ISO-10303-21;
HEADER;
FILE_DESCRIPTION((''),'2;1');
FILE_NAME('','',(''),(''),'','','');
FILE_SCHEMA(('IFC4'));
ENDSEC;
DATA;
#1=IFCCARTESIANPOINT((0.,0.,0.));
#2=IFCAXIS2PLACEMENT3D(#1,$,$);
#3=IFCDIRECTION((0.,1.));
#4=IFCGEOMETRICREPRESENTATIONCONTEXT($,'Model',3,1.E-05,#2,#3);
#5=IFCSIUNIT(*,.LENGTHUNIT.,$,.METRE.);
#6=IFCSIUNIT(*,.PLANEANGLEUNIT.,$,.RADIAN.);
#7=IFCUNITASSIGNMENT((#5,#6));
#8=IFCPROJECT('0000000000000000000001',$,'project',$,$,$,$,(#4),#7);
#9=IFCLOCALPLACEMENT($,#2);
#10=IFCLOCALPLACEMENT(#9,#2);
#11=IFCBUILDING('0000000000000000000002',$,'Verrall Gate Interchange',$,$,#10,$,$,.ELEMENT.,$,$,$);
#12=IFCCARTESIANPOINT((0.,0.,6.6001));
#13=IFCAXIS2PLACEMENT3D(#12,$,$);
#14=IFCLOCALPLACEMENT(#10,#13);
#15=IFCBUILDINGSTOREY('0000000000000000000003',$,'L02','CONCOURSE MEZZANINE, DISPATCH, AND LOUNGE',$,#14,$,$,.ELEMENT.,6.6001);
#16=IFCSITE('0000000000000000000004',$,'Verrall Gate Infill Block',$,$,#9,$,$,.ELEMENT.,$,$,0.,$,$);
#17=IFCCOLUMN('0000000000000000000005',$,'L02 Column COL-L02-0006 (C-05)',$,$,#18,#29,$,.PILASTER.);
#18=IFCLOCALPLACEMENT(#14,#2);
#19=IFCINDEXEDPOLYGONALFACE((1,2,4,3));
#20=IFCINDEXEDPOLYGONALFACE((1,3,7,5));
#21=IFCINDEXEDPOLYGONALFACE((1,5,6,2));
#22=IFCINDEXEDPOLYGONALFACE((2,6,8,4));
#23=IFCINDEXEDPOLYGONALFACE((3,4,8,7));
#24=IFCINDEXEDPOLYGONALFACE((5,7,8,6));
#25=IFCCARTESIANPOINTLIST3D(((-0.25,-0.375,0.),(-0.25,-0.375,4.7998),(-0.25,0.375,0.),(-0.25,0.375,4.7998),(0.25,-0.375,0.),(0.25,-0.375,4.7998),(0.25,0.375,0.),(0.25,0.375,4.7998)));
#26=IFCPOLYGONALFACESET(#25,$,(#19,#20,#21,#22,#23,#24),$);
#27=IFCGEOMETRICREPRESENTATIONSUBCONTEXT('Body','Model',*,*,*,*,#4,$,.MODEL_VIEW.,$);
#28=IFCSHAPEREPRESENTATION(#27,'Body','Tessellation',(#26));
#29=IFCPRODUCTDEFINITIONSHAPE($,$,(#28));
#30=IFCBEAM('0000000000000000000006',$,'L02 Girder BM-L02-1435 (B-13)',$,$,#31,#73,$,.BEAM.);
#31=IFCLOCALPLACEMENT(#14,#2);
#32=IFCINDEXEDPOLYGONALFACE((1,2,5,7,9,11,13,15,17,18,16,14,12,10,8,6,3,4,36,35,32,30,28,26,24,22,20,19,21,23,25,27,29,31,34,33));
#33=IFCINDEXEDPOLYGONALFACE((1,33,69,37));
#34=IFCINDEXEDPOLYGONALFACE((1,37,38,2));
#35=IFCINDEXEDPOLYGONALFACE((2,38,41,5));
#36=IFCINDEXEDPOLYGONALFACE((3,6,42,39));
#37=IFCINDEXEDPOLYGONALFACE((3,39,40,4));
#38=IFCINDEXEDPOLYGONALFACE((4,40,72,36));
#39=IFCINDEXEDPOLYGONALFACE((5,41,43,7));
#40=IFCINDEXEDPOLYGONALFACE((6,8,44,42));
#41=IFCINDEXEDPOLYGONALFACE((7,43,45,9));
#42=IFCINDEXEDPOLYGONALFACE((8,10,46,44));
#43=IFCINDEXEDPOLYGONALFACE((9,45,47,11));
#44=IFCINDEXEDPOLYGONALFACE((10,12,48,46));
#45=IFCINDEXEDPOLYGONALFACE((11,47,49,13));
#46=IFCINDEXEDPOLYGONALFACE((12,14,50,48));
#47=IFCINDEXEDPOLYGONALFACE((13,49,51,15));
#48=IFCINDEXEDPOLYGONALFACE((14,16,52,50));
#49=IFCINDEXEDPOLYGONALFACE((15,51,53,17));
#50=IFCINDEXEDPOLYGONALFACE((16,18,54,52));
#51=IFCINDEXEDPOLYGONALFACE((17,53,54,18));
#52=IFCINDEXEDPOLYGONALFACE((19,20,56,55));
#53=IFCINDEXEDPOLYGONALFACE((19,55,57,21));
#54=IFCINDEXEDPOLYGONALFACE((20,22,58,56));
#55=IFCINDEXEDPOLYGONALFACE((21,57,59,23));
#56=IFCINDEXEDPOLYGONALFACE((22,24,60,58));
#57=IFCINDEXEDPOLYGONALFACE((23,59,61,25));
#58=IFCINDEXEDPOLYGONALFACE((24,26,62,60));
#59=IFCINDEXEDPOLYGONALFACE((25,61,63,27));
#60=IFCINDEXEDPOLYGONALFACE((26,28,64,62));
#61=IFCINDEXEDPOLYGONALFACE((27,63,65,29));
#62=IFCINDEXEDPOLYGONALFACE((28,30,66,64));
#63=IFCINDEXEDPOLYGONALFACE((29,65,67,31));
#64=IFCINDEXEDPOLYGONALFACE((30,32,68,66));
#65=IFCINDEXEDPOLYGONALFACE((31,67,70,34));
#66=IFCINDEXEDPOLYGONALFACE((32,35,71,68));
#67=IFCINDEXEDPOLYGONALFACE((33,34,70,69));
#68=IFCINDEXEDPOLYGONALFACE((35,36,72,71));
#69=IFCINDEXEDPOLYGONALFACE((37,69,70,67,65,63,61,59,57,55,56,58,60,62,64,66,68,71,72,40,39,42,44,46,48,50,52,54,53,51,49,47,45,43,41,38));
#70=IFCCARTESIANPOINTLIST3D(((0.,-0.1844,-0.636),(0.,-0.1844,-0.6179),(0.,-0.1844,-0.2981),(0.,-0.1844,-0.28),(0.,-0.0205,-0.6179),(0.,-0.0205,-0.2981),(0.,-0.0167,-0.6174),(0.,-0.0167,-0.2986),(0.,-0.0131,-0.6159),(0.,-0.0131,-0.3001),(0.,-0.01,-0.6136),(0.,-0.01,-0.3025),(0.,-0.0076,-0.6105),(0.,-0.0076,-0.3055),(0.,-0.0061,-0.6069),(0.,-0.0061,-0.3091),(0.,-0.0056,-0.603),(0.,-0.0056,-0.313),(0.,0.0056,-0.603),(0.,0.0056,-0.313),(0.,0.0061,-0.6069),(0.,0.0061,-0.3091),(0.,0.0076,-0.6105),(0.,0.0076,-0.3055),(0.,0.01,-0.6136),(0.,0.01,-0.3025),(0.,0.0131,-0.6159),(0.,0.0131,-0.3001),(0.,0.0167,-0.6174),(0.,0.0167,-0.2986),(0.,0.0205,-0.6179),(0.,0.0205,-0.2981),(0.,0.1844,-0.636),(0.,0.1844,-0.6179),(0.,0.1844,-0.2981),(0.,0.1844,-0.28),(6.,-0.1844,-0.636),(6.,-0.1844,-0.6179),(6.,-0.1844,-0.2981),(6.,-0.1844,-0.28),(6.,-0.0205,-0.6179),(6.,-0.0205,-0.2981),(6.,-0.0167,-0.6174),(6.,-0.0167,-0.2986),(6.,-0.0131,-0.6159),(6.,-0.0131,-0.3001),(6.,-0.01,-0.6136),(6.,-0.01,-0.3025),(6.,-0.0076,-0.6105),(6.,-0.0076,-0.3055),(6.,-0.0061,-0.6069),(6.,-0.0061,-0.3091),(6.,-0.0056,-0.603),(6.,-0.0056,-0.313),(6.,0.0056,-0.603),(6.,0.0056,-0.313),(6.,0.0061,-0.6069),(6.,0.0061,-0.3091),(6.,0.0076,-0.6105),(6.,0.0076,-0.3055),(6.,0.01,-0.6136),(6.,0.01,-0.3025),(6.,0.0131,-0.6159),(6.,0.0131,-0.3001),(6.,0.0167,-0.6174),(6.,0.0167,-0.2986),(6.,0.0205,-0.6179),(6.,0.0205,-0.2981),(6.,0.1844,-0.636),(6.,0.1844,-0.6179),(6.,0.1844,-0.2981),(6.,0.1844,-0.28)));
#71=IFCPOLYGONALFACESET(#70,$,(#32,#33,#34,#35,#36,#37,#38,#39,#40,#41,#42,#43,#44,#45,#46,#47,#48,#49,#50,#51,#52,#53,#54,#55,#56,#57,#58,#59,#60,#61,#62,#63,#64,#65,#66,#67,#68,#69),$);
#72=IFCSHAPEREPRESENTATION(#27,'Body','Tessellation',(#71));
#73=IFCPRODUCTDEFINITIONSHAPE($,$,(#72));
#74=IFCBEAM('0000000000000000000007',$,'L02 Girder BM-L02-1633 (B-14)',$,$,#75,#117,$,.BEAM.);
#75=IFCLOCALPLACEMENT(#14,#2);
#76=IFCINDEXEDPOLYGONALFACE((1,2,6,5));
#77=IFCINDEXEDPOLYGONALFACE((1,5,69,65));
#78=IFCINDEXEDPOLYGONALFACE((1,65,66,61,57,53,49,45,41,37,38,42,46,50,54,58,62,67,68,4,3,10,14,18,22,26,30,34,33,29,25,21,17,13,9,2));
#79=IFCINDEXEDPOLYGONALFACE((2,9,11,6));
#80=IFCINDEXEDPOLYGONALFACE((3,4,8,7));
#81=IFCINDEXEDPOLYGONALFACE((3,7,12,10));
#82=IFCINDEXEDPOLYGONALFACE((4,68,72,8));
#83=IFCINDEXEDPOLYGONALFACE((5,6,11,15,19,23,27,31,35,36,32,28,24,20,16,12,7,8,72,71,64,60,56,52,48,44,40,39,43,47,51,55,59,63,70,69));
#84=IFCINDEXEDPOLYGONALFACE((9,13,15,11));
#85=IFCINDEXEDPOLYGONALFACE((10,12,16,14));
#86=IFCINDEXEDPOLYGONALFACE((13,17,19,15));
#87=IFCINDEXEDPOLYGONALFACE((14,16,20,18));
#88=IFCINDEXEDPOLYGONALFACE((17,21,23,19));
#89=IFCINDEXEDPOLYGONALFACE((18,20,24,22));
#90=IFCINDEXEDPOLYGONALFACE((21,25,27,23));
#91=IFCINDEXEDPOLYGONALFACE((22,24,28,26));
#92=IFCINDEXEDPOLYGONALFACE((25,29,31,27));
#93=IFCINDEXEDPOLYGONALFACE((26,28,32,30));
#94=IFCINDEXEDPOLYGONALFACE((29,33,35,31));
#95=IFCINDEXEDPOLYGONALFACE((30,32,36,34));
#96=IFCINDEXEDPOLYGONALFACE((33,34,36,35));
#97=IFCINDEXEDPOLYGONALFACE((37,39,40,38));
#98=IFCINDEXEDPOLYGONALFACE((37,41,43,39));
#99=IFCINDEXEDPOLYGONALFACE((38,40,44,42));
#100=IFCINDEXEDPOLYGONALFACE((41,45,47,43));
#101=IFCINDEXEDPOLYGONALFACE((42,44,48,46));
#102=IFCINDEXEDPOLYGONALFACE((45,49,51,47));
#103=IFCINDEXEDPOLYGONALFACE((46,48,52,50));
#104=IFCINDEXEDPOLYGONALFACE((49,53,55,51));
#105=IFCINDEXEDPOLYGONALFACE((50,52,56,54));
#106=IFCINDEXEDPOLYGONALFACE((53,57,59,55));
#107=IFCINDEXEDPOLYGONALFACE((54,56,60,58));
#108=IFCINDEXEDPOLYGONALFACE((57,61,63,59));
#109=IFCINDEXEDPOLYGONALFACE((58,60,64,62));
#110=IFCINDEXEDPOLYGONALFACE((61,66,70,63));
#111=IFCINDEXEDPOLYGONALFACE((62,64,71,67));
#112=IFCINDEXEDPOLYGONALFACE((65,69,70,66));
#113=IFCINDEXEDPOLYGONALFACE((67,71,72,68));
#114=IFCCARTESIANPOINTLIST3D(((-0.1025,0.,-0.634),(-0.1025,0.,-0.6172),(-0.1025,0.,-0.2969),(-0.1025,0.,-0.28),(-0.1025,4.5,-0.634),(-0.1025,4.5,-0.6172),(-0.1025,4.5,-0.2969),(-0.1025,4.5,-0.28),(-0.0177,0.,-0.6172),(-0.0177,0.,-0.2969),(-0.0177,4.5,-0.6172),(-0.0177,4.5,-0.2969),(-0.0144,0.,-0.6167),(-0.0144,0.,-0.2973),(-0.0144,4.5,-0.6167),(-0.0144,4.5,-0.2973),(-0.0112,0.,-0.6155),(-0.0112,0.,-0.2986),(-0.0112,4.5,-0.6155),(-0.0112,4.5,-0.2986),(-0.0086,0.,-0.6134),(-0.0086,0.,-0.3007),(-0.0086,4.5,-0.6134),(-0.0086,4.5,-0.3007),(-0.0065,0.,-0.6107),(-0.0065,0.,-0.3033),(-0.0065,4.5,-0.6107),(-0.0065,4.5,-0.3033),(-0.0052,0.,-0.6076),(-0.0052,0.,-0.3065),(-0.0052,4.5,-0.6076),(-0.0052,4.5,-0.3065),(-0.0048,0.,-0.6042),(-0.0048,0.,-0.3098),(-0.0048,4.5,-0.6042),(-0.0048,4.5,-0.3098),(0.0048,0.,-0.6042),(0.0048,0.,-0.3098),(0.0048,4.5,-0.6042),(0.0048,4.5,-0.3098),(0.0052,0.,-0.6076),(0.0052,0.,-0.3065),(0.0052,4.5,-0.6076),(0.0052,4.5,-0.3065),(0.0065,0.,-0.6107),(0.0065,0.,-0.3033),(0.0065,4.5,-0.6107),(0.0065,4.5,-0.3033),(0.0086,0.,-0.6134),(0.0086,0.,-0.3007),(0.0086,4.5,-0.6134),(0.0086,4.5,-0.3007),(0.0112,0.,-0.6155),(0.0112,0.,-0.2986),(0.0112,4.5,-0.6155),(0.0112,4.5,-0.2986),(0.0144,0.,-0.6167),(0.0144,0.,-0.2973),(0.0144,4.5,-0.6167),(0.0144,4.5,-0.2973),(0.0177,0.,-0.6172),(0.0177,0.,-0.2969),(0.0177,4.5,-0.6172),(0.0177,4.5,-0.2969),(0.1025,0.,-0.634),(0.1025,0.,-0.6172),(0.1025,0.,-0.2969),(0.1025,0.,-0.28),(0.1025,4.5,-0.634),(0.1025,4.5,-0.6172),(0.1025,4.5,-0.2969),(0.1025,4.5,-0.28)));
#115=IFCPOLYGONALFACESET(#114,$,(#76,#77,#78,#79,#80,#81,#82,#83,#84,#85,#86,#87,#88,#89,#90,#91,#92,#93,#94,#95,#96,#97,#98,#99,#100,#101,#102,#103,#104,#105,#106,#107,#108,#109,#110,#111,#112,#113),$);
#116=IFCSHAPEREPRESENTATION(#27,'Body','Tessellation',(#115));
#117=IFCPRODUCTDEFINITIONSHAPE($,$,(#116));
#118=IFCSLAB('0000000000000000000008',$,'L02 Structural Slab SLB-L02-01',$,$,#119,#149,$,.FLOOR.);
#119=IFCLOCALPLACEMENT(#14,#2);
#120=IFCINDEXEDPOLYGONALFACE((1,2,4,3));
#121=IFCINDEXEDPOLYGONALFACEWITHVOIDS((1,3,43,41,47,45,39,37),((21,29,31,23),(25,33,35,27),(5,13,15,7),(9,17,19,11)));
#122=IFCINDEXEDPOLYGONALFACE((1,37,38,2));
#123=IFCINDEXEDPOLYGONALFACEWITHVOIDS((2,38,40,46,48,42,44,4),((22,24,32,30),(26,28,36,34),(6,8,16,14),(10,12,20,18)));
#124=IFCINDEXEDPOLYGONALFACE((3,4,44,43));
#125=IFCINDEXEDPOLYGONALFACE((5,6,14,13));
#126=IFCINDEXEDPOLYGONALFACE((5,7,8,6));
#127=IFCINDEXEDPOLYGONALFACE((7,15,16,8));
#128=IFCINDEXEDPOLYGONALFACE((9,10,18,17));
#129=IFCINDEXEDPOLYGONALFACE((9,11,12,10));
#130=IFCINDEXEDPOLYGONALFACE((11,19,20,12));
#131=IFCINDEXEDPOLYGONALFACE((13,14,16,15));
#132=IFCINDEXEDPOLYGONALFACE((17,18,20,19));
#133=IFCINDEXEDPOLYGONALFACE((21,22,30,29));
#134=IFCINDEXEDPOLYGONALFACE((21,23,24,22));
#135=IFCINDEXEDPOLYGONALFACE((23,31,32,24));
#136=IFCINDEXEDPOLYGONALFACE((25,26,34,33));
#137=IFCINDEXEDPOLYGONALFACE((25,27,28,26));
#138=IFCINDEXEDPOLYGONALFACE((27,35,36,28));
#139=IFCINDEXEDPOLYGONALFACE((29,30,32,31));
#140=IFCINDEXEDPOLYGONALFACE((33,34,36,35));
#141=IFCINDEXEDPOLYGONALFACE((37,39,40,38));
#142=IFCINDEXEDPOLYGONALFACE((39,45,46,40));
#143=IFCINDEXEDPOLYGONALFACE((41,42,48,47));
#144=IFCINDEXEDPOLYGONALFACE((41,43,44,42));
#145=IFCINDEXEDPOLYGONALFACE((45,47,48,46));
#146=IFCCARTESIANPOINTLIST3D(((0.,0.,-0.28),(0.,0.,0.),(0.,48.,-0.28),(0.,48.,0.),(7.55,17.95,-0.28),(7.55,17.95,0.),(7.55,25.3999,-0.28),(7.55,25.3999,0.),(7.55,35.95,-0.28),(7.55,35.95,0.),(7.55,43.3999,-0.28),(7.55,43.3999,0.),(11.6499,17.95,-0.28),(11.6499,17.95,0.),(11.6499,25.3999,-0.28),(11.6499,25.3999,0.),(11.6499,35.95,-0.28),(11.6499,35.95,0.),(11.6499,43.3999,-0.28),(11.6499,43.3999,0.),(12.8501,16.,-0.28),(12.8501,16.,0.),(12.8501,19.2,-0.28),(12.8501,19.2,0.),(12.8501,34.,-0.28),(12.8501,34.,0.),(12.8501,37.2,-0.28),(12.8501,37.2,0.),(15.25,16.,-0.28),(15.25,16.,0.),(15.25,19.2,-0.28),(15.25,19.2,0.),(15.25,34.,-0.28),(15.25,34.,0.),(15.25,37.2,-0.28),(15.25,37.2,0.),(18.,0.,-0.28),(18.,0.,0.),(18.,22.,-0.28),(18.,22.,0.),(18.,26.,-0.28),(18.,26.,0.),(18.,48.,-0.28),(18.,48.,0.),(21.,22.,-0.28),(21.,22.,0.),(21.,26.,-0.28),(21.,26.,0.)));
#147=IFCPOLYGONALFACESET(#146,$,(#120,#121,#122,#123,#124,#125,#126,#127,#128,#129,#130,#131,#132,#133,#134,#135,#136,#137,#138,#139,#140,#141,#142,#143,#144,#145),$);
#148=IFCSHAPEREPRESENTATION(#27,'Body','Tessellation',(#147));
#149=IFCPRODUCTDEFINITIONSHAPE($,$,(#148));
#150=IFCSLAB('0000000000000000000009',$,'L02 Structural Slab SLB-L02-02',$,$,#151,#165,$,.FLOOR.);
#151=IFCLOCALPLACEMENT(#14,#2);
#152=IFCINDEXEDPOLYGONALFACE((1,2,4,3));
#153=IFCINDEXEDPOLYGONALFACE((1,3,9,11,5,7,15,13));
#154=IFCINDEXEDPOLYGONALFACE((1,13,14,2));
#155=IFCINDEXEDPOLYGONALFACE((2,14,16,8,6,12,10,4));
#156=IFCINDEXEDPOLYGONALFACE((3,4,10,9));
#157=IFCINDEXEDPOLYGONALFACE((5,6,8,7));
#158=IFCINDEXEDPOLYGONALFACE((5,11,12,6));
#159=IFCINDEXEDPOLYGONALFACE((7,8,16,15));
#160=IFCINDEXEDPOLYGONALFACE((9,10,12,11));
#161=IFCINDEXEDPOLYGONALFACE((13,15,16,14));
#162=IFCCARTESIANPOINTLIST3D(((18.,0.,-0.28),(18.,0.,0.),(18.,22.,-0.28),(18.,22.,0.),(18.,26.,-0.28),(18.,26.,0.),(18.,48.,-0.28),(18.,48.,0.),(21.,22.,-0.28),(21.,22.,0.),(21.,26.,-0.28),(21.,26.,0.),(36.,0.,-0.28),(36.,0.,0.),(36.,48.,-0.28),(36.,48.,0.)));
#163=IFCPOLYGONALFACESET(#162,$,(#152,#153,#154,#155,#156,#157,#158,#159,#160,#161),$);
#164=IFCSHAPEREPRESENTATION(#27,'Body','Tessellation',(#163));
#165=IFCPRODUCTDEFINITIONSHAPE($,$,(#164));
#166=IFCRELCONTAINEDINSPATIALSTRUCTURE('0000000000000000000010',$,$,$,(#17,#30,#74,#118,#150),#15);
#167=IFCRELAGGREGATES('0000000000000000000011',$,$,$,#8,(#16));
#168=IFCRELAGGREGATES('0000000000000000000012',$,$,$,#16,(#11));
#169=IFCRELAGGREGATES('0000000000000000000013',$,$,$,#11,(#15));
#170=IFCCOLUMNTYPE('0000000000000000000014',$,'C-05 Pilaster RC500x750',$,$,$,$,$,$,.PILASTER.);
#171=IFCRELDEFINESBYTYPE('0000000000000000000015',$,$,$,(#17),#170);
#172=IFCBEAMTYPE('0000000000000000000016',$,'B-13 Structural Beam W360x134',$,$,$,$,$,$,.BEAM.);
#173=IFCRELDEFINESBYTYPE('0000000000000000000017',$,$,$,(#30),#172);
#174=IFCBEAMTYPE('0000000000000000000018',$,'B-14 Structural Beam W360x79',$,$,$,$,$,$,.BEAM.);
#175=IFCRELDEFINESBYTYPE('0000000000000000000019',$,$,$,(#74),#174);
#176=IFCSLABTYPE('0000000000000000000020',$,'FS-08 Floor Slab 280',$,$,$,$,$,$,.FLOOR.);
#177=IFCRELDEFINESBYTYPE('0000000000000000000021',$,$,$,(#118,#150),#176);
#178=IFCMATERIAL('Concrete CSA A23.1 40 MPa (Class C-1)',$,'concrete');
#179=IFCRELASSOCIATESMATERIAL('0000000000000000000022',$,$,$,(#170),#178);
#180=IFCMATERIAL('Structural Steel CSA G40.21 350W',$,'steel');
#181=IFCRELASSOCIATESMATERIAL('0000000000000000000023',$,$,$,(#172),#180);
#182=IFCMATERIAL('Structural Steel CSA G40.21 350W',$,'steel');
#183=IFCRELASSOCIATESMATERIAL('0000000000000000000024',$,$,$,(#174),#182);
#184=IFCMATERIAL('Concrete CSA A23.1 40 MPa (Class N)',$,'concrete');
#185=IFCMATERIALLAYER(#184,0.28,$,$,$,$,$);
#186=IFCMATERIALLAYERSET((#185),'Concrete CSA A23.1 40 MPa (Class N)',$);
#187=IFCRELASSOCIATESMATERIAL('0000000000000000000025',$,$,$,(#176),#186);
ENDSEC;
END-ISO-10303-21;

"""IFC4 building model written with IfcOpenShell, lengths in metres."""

from ifc_helpers import new_model, si_unit, direction, frame, origin, origin_with_axes, origin_2d, place, context, subcontext, project, spatial, polyline, rectangle, i_section, outline, extrude, material, layer, layer_set, material_profile, profile_set, type_object, element, save


model = new_model("IFC4")

# Units and contexts
model_context = context("Model", 3, precision=1e-05, world=origin(), true_north=direction((0.0, 1.0)))
body_context = subcontext(model_context, "Body", "Model", "MODEL_VIEW")
ifc_project = project(units=[si_unit("LENGTHUNIT", "METRE"), si_unit("PLANEANGLEUNIT", "RADIAN")], contexts=[model_context])

# Site, building, storey
site_placement = place(None, origin())
site = spatial("IfcSite", under=ifc_project, at=site_placement, Name="Verrall Gate Infill Block", CompositionType="ELEMENT", RefElevation=0.0)
building_placement = place(site_placement, origin())
building = spatial("IfcBuilding", under=site, at=building_placement, Name="Verrall Gate Interchange", CompositionType="ELEMENT")
storey_placement = place(building_placement, frame((0.0, 0.0, 6.6001)))
storey = spatial("IfcBuildingStorey", under=building, at=storey_placement, Name="L02", Description="CONCOURSE MEZZANINE, DISPATCH, AND LOUNGE", CompositionType="ELEMENT", Elevation=6.6001)

# Column
ifc_material_1 = material(Name="Concrete CSA A23.1 40 MPa (Class C-1)", Category="concrete")
ifc_material_profile_1 = material_profile(ifc_material_1, rectangle(XDim=0.5, YDim=0.75, at=origin_2d()), Name="RC500x750")
ifc_profile_set_1 = profile_set([ifc_material_profile_1], Name="Concrete CSA A23.1 40 MPa (Class C-1)")
column_type = type_object("IfcColumnType", Name="C-05 Pilaster RC500x750", PredefinedType="PILASTER", material=ifc_profile_set_1)
column_placement = place(storey_placement, origin_with_axes())
element("IfcColumn", 1, at=column_placement, inside=storey, type_object=column_type, Name="L02 Column COL-L02-0006 (C-05)", PredefinedType="PILASTER", context=body_context, shape_type="SweptSolid", body=[
    extrude(rectangle(XDim=0.5, YDim=0.75, at=origin_2d()), origin(), (0.0, 0.0, 1.0), 4.7998),
])

# Beams
ifc_material_2 = material(Name="Structural Steel CSA G40.21 350W", Category="steel")
ifc_material_profile_2 = material_profile(ifc_material_2, i_section(OverallWidth=0.3689, OverallDepth=0.356, WebThickness=0.0112, FlangeThickness=0.0181, FilletRadius=0.0149, at=origin_2d()), Name="W360x134")
ifc_profile_set_2 = profile_set([ifc_material_profile_2], Name="Structural Steel CSA G40.21 350W")
beam_type_1 = type_object("IfcBeamType", Name="B-13 Structural Beam W360x134", PredefinedType="BEAM", material=ifc_profile_set_2)
beam_1_placement = place(storey_placement, frame((0.0, 0.0, -0.458), z_axis=(1.0, 0.0, 0.0), x_axis=(0.0, 1.0, 0.0)))
element("IfcBeam", 2, at=beam_1_placement, inside=storey, type_object=beam_type_1, Name="L02 Girder BM-L02-1435 (B-13)", PredefinedType="BEAM", context=body_context, shape_type="SweptSolid", body=[
    extrude(i_section(OverallWidth=0.3689, OverallDepth=0.356, WebThickness=0.0112, FlangeThickness=0.0181, FilletRadius=0.0149, at=origin_2d()), origin(), (0.0, 0.0, 1.0), 6.0),
])
ifc_material_3 = material(Name="Structural Steel CSA G40.21 350W", Category="steel")
ifc_material_profile_3 = material_profile(ifc_material_3, i_section(OverallWidth=0.2051, OverallDepth=0.354, WebThickness=0.0095, FlangeThickness=0.0168, FilletRadius=0.0129, at=origin_2d()), Name="W360x79")
ifc_profile_set_3 = profile_set([ifc_material_profile_3], Name="Structural Steel CSA G40.21 350W")
beam_type_2 = type_object("IfcBeamType", Name="B-14 Structural Beam W360x79", PredefinedType="BEAM", material=ifc_profile_set_3)
beam_2_placement = place(storey_placement, frame((0.0, 0.0, -0.457), z_axis=(0.0, 1.0, 0.0), x_axis=(-1.0, 0.0, 0.0)))
element("IfcBeam", 3, at=beam_2_placement, inside=storey, type_object=beam_type_2, Name="L02 Girder BM-L02-1633 (B-14)", PredefinedType="BEAM", context=body_context, shape_type="SweptSolid", body=[
    extrude(i_section(OverallWidth=0.2051, OverallDepth=0.354, WebThickness=0.0095, FlangeThickness=0.0168, FilletRadius=0.0129, at=origin_2d()), origin(), (0.0, 0.0, 1.0), 4.5),
])

# Slabs
ifc_material_4 = material(Name="Concrete CSA A23.1 40 MPa (Class N)", Category="concrete")
ifc_layer_1 = layer(ifc_material_4, 0.28)
ifc_layer_set_1 = layer_set([ifc_layer_1], Name="Concrete CSA A23.1 40 MPa (Class N)")
slab_type_1 = type_object("IfcSlabType", Name="FS-08 Floor Slab 280", PredefinedType="FLOOR", material=ifc_layer_set_1)
slab_1_placement = place(storey_placement, frame((0.0, 0.0, -0.28)))
element("IfcSlab", 4, at=slab_1_placement, inside=storey, type_object=slab_type_1, Name="L02 Structural Slab SLB-L02-01", PredefinedType="FLOOR", context=body_context, shape_type="SweptSolid", body=[
    extrude(outline(polyline([(0.0, 0.0), (0.0, 48.0), (18.0, 48.0), (18.0, 26.0), (21.0, 26.0), (21.0, 22.0), (18.0, 22.0), (18.0, 0.0), (0.0, 0.0)]), holes=[polyline([(15.25, 19.2), (12.8501, 19.2), (12.8501, 16.0), (15.25, 16.0), (15.25, 19.2)]), polyline([(15.25, 34.0), (15.25, 37.2), (12.8501, 37.2), (12.8501, 34.0), (15.25, 34.0)]), polyline([(11.6499, 25.3999), (7.55, 25.3999), (7.55, 17.95), (11.6499, 17.95), (11.6499, 25.3999)]), polyline([(11.6499, 43.3999), (7.55, 43.3999), (7.55, 35.95), (11.6499, 35.95), (11.6499, 43.3999)])]), origin(), (0.0, 0.0, 1.0), 0.28),
])
slab_2_placement = place(storey_placement, frame((0.0, 0.0, -0.28)))
element("IfcSlab", 5, at=slab_2_placement, inside=storey, type_object=slab_type_1, Name="L02 Structural Slab SLB-L02-02", PredefinedType="FLOOR", context=body_context, shape_type="SweptSolid", body=[
    extrude(outline(polyline([(36.0, 0.0), (18.0, 0.0), (18.0, 22.0), (21.0, 22.0), (21.0, 26.0), (18.0, 26.0), (18.0, 48.0), (36.0, 48.0), (36.0, 0.0)])), origin(), (0.0, 0.0, 1.0), 0.28),
])

save(model, "model.ifc")
